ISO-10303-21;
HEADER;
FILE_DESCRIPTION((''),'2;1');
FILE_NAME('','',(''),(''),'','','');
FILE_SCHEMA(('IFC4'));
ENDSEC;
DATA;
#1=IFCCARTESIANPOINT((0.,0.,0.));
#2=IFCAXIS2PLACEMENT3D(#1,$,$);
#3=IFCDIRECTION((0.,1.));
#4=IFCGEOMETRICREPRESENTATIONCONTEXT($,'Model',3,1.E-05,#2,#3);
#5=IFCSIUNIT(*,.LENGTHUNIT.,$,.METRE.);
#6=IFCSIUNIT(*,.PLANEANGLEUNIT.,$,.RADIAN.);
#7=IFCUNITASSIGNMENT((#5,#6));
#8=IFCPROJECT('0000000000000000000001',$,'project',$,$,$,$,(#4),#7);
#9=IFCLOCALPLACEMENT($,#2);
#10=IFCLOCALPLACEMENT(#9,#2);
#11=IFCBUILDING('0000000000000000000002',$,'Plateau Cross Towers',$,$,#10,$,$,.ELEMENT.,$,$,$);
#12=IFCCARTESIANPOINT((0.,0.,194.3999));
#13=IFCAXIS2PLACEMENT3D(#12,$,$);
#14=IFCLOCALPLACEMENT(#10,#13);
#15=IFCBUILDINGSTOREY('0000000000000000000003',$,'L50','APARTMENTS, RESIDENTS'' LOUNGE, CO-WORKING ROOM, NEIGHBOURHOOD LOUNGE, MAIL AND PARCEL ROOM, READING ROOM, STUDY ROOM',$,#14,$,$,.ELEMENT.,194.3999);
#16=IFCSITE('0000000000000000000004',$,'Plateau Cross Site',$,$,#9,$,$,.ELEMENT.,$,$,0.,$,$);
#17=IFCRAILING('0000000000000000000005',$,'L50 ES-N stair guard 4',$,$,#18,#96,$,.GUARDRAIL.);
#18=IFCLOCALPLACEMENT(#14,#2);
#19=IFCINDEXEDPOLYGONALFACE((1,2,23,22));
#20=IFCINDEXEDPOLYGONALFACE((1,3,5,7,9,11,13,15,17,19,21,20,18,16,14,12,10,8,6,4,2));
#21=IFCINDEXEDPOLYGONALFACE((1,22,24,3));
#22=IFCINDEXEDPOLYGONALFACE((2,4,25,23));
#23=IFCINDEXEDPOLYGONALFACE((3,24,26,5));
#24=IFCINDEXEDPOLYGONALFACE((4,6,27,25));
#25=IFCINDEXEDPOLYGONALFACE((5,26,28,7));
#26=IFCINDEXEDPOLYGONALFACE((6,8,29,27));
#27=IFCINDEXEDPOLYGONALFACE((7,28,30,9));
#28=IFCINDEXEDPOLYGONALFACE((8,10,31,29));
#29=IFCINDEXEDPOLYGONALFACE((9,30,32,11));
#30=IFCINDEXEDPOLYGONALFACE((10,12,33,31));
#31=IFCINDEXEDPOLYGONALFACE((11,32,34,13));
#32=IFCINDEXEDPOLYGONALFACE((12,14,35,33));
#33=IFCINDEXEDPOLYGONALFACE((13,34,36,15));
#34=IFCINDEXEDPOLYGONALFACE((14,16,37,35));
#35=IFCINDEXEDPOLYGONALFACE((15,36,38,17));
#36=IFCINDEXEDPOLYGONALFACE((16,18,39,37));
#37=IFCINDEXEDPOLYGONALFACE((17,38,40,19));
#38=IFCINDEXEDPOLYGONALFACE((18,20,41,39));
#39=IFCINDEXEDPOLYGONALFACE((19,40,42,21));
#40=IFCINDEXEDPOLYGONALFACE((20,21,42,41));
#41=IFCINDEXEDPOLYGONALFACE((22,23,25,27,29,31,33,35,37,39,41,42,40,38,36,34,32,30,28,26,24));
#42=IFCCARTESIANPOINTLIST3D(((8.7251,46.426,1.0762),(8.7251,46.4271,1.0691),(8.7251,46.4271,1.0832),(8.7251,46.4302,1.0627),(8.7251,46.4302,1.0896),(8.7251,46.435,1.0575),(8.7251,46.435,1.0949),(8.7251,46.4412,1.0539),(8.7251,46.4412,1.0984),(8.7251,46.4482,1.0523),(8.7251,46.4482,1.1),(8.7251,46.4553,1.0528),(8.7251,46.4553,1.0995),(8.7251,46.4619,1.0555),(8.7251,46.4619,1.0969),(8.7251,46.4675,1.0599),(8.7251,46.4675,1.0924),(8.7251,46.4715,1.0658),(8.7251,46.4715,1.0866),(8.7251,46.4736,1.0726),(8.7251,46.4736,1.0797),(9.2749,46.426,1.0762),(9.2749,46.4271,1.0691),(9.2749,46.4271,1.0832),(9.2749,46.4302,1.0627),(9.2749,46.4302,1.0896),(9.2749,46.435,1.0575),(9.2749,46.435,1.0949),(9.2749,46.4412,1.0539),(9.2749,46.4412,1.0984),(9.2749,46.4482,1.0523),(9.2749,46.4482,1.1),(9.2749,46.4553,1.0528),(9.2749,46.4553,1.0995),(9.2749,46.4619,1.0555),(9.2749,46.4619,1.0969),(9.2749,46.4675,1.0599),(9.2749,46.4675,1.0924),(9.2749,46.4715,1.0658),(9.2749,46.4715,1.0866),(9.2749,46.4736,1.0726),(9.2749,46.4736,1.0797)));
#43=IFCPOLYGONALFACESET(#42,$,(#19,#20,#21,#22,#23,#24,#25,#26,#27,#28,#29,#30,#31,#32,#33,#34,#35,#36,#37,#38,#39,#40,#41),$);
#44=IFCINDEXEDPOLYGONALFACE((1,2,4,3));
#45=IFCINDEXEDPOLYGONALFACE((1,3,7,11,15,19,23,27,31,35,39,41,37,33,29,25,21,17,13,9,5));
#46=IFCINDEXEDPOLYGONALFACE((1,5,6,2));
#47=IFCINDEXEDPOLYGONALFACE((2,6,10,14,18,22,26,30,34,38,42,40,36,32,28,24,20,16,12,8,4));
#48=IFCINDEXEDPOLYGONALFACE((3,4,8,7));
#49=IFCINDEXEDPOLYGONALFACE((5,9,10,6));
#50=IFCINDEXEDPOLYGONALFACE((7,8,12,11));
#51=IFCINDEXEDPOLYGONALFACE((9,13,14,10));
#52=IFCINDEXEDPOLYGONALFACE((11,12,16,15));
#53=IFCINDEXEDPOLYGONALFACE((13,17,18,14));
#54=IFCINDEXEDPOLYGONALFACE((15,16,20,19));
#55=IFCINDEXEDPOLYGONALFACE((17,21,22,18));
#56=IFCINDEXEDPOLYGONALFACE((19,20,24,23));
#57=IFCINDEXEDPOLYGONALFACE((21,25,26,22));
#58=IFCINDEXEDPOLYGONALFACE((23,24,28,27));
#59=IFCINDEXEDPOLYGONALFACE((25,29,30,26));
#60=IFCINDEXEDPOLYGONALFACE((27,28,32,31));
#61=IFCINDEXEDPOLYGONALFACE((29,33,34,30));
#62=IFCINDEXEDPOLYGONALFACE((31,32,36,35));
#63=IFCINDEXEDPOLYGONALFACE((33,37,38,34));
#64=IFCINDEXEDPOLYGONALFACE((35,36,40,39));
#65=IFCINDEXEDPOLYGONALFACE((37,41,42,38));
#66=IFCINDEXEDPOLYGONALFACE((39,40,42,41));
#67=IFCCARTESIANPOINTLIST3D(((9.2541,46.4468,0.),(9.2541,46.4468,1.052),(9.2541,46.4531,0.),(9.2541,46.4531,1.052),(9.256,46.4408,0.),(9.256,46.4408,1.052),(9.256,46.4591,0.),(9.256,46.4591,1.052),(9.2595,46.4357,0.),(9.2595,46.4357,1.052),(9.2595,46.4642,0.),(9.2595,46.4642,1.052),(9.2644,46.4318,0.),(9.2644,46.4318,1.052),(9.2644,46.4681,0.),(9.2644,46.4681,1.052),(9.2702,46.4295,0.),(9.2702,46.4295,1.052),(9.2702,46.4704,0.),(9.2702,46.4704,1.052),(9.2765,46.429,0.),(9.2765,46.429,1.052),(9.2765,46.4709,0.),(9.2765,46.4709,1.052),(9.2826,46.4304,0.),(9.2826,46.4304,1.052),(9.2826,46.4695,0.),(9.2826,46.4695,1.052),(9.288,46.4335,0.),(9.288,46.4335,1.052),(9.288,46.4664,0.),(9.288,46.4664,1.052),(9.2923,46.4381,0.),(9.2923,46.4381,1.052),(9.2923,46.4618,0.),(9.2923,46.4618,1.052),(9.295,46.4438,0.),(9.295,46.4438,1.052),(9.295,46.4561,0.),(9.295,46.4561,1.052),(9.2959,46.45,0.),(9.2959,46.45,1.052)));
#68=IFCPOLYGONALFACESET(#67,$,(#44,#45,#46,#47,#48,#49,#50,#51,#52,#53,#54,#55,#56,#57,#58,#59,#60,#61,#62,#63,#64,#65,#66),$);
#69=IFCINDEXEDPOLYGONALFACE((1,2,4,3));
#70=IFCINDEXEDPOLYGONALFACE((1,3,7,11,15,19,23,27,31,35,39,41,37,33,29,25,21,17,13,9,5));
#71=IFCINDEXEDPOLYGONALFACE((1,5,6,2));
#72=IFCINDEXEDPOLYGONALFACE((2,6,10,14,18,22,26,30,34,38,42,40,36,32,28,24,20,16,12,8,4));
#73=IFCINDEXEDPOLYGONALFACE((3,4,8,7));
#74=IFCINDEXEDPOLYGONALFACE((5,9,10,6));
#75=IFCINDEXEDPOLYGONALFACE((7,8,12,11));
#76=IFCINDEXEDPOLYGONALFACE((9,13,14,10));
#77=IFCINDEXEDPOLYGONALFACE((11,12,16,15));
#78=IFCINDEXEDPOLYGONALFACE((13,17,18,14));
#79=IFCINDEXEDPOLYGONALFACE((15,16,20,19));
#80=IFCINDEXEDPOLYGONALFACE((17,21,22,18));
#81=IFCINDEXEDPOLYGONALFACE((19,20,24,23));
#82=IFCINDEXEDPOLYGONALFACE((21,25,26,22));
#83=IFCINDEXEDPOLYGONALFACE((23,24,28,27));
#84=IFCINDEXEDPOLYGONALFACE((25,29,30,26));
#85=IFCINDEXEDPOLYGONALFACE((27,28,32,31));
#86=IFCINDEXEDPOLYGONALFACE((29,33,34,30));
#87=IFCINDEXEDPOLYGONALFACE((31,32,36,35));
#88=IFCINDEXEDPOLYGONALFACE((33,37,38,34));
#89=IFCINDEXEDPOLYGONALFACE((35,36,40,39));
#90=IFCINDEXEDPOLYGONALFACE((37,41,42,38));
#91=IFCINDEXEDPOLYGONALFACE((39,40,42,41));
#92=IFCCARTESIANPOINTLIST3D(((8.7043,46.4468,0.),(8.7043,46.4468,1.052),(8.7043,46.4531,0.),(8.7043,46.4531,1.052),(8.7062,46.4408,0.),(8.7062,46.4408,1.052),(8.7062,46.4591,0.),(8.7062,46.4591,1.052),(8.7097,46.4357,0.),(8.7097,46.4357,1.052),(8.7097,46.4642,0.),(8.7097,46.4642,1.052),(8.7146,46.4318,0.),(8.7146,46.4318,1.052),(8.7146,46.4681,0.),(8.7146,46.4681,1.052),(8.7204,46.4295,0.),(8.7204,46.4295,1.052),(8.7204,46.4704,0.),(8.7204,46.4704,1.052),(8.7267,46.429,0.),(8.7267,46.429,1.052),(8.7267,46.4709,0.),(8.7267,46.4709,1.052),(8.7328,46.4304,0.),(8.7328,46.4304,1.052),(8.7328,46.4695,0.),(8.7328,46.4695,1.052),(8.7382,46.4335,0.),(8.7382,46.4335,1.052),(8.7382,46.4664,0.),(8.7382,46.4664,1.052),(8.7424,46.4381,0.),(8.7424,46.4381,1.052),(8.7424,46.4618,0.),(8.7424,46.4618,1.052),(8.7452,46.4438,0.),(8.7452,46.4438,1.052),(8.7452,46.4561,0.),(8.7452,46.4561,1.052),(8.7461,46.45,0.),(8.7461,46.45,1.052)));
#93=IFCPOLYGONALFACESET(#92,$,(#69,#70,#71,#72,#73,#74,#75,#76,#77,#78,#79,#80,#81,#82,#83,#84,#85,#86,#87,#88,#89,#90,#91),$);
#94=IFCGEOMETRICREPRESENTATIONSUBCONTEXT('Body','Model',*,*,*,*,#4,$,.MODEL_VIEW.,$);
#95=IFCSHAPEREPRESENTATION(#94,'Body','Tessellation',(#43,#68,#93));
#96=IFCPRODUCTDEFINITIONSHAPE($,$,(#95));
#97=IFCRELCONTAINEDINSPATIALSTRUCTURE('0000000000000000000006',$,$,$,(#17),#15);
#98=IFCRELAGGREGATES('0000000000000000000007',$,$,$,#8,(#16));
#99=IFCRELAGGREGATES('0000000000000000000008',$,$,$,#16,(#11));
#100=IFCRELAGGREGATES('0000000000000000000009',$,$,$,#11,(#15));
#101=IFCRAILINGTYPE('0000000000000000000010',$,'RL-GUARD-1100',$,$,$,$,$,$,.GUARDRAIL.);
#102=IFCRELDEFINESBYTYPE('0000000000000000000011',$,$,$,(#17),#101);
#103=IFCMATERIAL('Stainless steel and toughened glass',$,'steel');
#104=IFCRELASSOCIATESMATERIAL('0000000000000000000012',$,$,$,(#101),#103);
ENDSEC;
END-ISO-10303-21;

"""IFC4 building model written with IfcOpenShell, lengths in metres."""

from ifc_helpers import new_model, si_unit, direction, frame, origin, origin_2d, place, context, subcontext, project, spatial, circle, extrude, material, type_object, element, save


model = new_model("IFC4")

# Units and contexts
model_context = context("Model", 3, precision=1e-05, world=origin(), true_north=direction((0.0, 1.0)))
body_context = subcontext(model_context, "Body", "Model", "MODEL_VIEW")
ifc_project = project(units=[si_unit("LENGTHUNIT", "METRE"), si_unit("PLANEANGLEUNIT", "RADIAN")], contexts=[model_context])

# Site, building, storey
site_placement = place(None, origin())
site = spatial("IfcSite", under=ifc_project, at=site_placement, Name="Plateau Cross Site", CompositionType="ELEMENT", RefElevation=0.0)
building_placement = place(site_placement, origin())
building = spatial("IfcBuilding", under=site, at=building_placement, Name="Plateau Cross Towers", CompositionType="ELEMENT")
storey_placement = place(building_placement, frame((0.0, 0.0, 194.3999)))
storey = spatial("IfcBuildingStorey", under=building, at=storey_placement, Name="L50", Description="APARTMENTS, RESIDENTS' LOUNGE, CO-WORKING ROOM, NEIGHBOURHOOD LOUNGE, MAIL AND PARCEL ROOM, READING ROOM, STUDY ROOM", CompositionType="ELEMENT", Elevation=194.3999)

# Railing
ifc_material_1 = material(Name="Stainless steel and toughened glass", Category="steel")
railing_type_1 = type_object("IfcRailingType", Name="RL-GUARD-1100", PredefinedType="GUARDRAIL", material=ifc_material_1)
railing_1_placement = place(storey_placement, frame((9.2749, 46.45, 0.0)))
element("IfcRailing", 1, at=railing_1_placement, inside=storey, type_object=railing_type_1, Name="L50 ES-N stair guard 4", PredefinedType="GUARDRAIL", context=body_context, shape_type="SweptSolid", body=[
    extrude(circle(Radius=0.0239, at=origin_2d()), frame((0.0, 0.0, 1.0762), z_axis=(-1.0, 0.0, 0.0), x_axis=(0.0, -1.0, 0.0)), (0.0, 0.0, 1.0), 0.5498),
    extrude(circle(Radius=0.021, at=origin_2d()), origin(), (0.0, 0.0, 1.0), 1.052),
    extrude(circle(Radius=0.021, at=origin_2d()), frame((-0.5498, 0.0, 0.0)), (0.0, 0.0, 1.0), 1.052),
])

save(model, "model.ifc")
